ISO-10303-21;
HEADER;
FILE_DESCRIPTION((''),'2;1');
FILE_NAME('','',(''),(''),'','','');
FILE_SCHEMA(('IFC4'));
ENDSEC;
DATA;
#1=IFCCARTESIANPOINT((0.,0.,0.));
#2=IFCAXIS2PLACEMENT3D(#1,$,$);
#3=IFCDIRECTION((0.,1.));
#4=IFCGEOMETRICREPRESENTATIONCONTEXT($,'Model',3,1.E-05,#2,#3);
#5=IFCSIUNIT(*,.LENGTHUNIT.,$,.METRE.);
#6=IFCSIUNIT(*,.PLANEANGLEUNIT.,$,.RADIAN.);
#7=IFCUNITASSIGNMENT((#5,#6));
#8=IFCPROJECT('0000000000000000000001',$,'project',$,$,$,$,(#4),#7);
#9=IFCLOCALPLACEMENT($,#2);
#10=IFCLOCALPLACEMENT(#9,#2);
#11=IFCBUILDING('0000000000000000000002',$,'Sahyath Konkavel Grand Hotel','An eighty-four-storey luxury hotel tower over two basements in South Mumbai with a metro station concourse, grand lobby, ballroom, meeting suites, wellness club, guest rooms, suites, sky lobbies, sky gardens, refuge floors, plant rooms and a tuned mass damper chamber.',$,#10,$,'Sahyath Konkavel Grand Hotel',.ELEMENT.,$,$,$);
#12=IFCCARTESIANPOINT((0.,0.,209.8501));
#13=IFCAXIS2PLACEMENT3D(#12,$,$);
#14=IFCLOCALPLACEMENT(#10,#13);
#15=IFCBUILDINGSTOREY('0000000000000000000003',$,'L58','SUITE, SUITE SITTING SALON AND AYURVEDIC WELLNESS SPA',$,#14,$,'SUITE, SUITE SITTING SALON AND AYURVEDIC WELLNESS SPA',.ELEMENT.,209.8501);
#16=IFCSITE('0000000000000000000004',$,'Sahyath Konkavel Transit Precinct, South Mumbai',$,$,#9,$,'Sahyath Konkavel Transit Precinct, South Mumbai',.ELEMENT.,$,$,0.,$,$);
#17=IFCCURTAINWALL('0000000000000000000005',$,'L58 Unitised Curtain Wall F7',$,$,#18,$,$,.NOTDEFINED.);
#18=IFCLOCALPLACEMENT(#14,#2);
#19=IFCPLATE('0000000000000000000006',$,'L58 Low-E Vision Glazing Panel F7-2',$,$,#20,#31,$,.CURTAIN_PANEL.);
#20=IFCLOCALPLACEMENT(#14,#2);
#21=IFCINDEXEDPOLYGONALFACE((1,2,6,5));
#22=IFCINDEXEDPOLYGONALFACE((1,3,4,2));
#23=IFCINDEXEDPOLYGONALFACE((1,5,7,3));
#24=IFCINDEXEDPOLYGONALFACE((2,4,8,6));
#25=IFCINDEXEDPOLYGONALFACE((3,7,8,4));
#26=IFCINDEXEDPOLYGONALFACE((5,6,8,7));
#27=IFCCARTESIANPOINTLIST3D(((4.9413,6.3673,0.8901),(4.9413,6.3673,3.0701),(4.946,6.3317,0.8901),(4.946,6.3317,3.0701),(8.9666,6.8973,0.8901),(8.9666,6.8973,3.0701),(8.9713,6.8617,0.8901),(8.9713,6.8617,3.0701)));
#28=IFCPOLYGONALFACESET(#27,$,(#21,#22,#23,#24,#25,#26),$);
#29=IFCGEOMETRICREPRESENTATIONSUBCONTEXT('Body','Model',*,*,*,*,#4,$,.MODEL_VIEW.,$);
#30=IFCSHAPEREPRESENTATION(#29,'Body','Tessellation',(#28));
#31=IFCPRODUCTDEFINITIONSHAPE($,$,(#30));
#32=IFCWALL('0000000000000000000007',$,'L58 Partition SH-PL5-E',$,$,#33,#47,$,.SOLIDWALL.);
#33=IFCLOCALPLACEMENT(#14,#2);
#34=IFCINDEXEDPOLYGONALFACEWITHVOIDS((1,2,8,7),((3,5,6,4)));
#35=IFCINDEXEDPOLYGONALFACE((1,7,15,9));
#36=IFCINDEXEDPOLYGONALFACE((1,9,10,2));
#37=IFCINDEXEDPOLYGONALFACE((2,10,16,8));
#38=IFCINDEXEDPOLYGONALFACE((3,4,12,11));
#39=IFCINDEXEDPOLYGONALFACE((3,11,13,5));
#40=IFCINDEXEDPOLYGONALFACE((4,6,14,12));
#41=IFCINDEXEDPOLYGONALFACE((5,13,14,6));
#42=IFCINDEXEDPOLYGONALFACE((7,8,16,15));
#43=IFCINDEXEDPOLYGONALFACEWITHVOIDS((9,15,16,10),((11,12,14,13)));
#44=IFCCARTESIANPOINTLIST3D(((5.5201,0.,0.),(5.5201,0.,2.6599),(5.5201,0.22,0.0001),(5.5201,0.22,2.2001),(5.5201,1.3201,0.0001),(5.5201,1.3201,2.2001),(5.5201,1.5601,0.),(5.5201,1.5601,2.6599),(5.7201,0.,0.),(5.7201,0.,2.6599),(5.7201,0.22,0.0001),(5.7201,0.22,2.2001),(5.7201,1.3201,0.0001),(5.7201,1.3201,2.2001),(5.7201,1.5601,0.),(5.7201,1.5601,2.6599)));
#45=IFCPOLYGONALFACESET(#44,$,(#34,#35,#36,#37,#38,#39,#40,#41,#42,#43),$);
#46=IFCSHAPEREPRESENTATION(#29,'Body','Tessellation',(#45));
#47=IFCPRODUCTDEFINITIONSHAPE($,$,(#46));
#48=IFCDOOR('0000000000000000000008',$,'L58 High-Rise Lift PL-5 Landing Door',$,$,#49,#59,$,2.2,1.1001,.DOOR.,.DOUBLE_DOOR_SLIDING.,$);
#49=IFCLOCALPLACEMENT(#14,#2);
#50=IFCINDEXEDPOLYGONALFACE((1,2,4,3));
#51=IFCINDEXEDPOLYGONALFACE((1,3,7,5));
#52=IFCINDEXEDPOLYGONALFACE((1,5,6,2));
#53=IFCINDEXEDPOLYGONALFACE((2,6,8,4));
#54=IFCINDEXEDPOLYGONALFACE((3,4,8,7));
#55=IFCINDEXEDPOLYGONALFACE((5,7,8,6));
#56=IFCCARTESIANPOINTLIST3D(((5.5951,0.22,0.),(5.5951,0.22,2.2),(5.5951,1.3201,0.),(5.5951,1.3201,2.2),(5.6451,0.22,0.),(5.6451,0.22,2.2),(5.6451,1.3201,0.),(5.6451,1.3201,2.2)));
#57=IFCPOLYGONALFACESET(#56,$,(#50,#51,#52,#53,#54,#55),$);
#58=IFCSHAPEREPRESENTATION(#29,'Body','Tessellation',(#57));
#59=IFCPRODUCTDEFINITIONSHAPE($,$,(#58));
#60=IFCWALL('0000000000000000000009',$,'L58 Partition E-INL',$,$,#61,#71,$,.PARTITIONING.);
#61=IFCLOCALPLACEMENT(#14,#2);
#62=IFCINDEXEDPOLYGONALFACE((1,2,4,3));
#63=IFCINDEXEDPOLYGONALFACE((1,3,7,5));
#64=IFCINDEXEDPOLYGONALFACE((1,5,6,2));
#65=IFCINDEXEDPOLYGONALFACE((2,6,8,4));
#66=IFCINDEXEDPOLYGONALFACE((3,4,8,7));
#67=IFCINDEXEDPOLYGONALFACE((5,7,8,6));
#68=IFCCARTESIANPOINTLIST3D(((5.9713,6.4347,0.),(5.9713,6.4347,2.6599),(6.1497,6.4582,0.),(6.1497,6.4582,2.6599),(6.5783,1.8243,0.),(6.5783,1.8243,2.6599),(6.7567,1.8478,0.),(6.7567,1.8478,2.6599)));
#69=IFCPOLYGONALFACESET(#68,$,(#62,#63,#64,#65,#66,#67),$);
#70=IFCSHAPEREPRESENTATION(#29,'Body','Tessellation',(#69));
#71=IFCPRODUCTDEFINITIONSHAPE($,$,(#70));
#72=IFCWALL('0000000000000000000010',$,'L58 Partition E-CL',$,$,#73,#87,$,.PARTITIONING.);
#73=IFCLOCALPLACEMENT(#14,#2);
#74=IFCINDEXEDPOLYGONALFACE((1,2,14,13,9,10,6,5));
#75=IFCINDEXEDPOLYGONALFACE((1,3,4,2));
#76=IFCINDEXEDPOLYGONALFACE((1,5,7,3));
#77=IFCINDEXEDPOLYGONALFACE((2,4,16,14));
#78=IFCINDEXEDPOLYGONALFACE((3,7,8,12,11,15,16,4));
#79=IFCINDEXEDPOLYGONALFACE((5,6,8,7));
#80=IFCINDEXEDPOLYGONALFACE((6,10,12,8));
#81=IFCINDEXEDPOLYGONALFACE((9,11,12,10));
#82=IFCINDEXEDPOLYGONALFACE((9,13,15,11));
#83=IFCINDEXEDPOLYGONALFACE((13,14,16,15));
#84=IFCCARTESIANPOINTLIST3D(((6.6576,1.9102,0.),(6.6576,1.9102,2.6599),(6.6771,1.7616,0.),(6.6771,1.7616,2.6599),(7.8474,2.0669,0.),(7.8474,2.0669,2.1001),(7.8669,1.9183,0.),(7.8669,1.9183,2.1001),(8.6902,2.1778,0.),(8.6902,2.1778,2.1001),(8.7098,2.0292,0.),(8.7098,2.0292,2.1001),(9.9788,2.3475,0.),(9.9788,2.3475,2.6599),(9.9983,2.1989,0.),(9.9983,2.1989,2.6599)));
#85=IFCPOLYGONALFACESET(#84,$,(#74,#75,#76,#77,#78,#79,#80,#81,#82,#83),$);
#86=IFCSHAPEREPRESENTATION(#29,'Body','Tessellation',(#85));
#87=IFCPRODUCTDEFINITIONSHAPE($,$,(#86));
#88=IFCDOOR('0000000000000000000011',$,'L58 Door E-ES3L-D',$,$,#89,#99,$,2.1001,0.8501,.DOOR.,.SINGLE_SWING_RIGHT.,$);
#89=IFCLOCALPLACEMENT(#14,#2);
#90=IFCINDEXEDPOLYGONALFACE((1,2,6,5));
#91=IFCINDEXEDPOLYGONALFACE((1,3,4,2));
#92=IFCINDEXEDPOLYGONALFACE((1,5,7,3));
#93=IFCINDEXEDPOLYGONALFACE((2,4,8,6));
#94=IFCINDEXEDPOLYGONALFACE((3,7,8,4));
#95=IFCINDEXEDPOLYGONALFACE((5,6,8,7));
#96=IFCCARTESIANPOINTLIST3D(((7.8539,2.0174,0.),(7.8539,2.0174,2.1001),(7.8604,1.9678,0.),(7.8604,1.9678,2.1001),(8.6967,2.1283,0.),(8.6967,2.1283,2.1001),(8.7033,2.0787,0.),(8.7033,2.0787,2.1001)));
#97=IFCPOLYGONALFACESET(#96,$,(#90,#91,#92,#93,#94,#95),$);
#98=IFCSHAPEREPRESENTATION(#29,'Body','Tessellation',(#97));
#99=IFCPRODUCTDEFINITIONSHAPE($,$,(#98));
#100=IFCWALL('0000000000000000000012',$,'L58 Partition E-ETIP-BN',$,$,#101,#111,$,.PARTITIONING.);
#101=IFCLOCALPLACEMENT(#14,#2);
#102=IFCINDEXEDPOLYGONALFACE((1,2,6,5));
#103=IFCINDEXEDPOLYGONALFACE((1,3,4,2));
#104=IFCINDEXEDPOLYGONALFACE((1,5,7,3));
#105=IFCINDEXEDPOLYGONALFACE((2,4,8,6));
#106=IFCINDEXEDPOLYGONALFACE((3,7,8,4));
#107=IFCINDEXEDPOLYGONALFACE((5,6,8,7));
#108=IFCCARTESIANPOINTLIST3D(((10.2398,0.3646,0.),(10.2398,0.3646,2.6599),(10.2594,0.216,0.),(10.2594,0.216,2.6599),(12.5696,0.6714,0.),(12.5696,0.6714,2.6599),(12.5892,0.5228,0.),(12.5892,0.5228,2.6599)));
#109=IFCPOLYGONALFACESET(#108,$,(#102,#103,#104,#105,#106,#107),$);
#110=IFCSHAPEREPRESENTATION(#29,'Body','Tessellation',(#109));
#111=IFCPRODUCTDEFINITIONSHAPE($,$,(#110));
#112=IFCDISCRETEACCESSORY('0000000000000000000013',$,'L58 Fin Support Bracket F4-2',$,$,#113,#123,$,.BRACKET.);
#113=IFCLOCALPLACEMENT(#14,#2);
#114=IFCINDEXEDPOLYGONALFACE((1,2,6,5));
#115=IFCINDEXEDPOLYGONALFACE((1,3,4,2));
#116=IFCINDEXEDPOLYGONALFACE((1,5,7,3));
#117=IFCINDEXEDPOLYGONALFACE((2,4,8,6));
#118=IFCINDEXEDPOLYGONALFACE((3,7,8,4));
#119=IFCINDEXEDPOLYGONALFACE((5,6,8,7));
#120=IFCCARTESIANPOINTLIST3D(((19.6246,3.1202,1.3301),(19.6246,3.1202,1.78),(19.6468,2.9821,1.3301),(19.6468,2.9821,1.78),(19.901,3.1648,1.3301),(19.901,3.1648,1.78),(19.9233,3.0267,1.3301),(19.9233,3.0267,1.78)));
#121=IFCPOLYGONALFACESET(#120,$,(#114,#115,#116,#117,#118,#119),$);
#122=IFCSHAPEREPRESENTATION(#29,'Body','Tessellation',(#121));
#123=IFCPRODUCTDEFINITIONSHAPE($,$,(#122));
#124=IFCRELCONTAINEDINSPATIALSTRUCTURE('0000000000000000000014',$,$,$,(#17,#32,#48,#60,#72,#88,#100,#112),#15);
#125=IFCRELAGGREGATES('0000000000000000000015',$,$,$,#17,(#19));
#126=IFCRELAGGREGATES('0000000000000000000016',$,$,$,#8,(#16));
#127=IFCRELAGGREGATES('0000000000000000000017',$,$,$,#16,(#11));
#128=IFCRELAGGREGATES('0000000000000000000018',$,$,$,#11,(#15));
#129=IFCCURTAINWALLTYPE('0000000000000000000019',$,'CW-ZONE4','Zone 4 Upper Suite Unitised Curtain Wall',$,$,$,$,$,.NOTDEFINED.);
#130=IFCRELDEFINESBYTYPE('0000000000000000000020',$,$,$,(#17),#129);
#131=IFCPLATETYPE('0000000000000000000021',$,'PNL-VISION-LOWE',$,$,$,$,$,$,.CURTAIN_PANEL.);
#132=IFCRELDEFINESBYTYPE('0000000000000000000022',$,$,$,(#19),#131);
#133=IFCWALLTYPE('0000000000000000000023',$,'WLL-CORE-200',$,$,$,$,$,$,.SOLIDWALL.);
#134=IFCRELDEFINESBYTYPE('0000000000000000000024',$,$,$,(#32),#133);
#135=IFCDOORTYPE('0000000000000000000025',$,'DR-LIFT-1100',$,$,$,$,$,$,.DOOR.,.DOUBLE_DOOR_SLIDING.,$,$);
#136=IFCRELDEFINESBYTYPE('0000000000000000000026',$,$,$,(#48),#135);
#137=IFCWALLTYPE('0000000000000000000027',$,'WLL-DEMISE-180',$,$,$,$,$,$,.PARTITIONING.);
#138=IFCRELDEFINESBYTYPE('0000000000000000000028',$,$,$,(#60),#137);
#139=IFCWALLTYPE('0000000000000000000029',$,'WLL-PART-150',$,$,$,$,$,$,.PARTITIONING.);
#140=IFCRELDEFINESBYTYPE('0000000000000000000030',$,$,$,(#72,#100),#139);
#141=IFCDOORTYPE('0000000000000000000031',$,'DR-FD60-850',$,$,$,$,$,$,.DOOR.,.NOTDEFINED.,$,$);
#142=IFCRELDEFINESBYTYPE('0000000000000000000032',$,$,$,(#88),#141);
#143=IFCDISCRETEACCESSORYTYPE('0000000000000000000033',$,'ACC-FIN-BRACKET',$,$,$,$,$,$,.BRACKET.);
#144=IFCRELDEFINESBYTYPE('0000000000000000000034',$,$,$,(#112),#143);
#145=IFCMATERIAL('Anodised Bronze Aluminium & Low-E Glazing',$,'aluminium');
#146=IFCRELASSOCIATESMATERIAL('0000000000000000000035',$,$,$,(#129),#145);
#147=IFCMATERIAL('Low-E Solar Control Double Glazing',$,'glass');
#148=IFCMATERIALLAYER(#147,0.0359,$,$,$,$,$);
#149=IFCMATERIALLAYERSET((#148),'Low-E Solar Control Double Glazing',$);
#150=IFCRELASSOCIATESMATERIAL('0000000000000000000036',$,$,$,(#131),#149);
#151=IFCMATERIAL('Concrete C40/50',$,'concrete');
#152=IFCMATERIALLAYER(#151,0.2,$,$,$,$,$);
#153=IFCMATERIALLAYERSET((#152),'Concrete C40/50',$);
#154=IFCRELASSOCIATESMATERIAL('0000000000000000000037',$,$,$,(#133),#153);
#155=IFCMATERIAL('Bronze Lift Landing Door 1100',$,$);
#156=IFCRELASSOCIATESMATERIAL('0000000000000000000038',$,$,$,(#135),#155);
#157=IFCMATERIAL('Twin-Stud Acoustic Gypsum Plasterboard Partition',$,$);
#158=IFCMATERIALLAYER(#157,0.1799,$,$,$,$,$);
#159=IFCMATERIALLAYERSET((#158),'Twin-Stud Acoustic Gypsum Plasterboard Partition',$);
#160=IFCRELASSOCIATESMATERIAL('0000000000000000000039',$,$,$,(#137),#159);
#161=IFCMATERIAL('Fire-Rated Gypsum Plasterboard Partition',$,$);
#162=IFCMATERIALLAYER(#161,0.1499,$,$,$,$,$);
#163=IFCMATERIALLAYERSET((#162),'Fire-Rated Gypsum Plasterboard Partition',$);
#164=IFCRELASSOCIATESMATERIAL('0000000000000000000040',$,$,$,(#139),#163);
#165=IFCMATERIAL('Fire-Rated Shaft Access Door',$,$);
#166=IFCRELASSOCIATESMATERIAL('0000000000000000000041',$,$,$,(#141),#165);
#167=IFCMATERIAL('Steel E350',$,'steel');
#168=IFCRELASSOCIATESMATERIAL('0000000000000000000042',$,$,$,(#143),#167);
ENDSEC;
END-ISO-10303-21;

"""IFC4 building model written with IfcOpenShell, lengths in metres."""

from ifc_helpers import new_model, si_unit, direction, frame, frame_2d, origin, origin_2d, place, context, subcontext, project, spatial, rectangle, extrude, source, transform, mapped, material, layer, layer_set, type_object, element, fill, aggregate, save


model = new_model("IFC4")

# Units and contexts
model_context = context("Model", 3, precision=1e-05, world=origin(), true_north=direction((0.0, 1.0)))
body_context = subcontext(model_context, "Body", "Model", "MODEL_VIEW")
ifc_project = project(units=[si_unit("LENGTHUNIT", "METRE"), si_unit("PLANEANGLEUNIT", "RADIAN")], contexts=[model_context])

# Site, building, storey
site_placement = place(None, origin())
site = spatial("IfcSite", under=ifc_project, at=site_placement, Name="Sahyath Konkavel Transit Precinct, South Mumbai", LongName="Sahyath Konkavel Transit Precinct, South Mumbai", CompositionType="ELEMENT", RefElevation=0.0)
building_placement = place(site_placement, origin())
building = spatial("IfcBuilding", under=site, at=building_placement, Name="Sahyath Konkavel Grand Hotel", Description="An eighty-four-storey luxury hotel tower over two basements in South Mumbai with a metro station concourse, grand lobby, ballroom, meeting suites, wellness club, guest rooms, suites, sky lobbies, sky gardens, refuge floors, plant rooms and a tuned mass damper chamber.", LongName="Sahyath Konkavel Grand Hotel", CompositionType="ELEMENT")
storey_placement = place(building_placement, frame((0.0, 0.0, 209.8501)))
storey = spatial("IfcBuildingStorey", under=building, at=storey_placement, Name="L58", Description="SUITE, SUITE SITTING SALON AND AYURVEDIC WELLNESS SPA", LongName="SUITE, SUITE SITTING SALON AND AYURVEDIC WELLNESS SPA", CompositionType="ELEMENT", Elevation=209.8501)

# Shared definitions
ifc_material_1 = material(Name="Concrete C40/50", Category="concrete")

# Shared definitions
ifc_material_2 = material(Name="Steel E350", Category="steel")

# Shared definitions
ifc_material_3 = material(Name="Anodised Bronze Aluminium & Low-E Glazing", Category="aluminium")
curtain_wall_type = type_object("IfcCurtainWallType", Name="CW-ZONE4", Description="Zone 4 Upper Suite Unitised Curtain Wall", PredefinedType="NOTDEFINED", material=ifc_material_3)

# Curtain wall
curtain_wall_1_placement = place(storey_placement, origin())
curtain_wall_1 = element("IfcCurtainWall", 1, at=curtain_wall_1_placement, inside=storey, type_object=curtain_wall_type, Name="L58 Unitised Curtain Wall F7", PredefinedType="NOTDEFINED")

# Plate
ifc_material_4 = material(Name="Low-E Solar Control Double Glazing", Category="glass")
ifc_layer_1 = layer(ifc_material_4, 0.0359)
ifc_layer_set_1 = layer_set([ifc_layer_1], Name="Low-E Solar Control Double Glazing")
plate_type_1 = type_object("IfcPlateType", Name="PNL-VISION-LOWE", PredefinedType="CURTAIN_PANEL", material=ifc_layer_set_1)
shared_shape_1 = source(origin(), body_context, "Body", "SweptSolid", [
    extrude(rectangle(XDim=4.0601, YDim=0.0359, at=origin_2d()), origin(), (0.0, 0.0, 1.0), 2.1799),
])
plate_1_placement = place(storey_placement, frame((6.9563, 6.6145, 0.8901), z_axis=(0.0, 0.0, 1.0), x_axis=(-0.991445, -0.130526, 0.0)))
plate_1 = element("IfcPlate", 2, at=plate_1_placement, type_object=plate_type_1, Name="L58 Low-E Vision Glazing Panel F7-2", PredefinedType="CURTAIN_PANEL", context=body_context, shape_type="MappedRepresentation", body=[
    mapped(shared_shape_1, transform((0.0, 0.0, 0.0), scale=1.0)),
])
aggregate(curtain_wall_1, [plate_1])

# Wall, opening, door
ifc_layer_2 = layer(ifc_material_1, 0.2)
ifc_layer_set_2 = layer_set([ifc_layer_2], Name="Concrete C40/50")
wall_type_1 = type_object("IfcWallType", Name="WLL-CORE-200", PredefinedType="SOLIDWALL", material=ifc_layer_set_2)
wall_1_placement = place(storey_placement, frame((5.6201, 0.0, 0.0), z_axis=(0.0, 0.0, 1.0), x_axis=(0.0, 1.0, 0.0)))
wall_1 = element("IfcWall", 3, at=wall_1_placement, inside=storey, type_object=wall_type_1, Name="L58 Partition SH-PL5-E", PredefinedType="SOLIDWALL", context=body_context, shape_type="SweptSolid", body=[
    extrude(rectangle(XDim=1.5601, YDim=0.2, at=frame_2d((0.78, 0.0))), origin(), (0.0, 0.0, 1.0), 2.6599),
])
opening_1_placement = place(wall_1_placement, frame((0.22, 0.0, 0.0)))
opening_1 = element("IfcOpeningElement", 4, at=opening_1_placement, cuts=wall_1, PredefinedType="OPENING", context=body_context, shape_type="SweptSolid", body=[
    extrude(rectangle(XDim=1.1001, YDim=2.2, at=frame_2d((0.55, 1.1001))), frame((0.0, 0.1099, 0.0), z_axis=(0.0, -1.0, 0.0), x_axis=(1.0, 0.0, 0.0)), (0.0, 0.0, 1.0), 0.22),
])
ifc_material_5 = material(Name="Bronze Lift Landing Door 1100")
door_type_1 = type_object("IfcDoorType", Name="DR-LIFT-1100", OperationType="DOUBLE_DOOR_SLIDING", PredefinedType="DOOR", material=ifc_material_5)
shared_shape_2 = source(origin(), body_context, "Body", "SweptSolid", [
    extrude(rectangle(XDim=1.1001, YDim=0.05, at=origin_2d()), origin(), (0.0, 0.0, 1.0), 2.2),
])
door_1_placement = place(opening_1_placement, frame((0.55, 0.0, 0.0)))
door_1 = element("IfcDoor", 5, at=door_1_placement, inside=storey, type_object=door_type_1, Name="L58 High-Rise Lift PL-5 Landing Door", OperationType="DOUBLE_DOOR_SLIDING", OverallHeight=2.2, OverallWidth=1.1001, PredefinedType="DOOR", context=body_context, shape_type="MappedRepresentation", body=[
    mapped(shared_shape_2, transform((0.0, 0.0, 0.0), scale=1.0)),
])
fill(opening_1, door_1)

# Wall
ifc_material_6 = material(Name="Twin-Stud Acoustic Gypsum Plasterboard Partition")
ifc_layer_3 = layer(ifc_material_6, 0.1799)
ifc_layer_set_3 = layer_set([ifc_layer_3], Name="Twin-Stud Acoustic Gypsum Plasterboard Partition")
wall_type_2 = type_object("IfcWallType", Name="WLL-DEMISE-180", PredefinedType="PARTITIONING", material=ifc_layer_set_3)
wall_2_placement = place(storey_placement, frame((6.6675, 1.8359, 0.0), z_axis=(0.0, 0.0, 1.0), x_axis=(-0.13052, 0.991446, 0.0)))
element("IfcWall", 6, at=wall_2_placement, inside=storey, type_object=wall_type_2, Name="L58 Partition E-INL", PredefinedType="PARTITIONING", context=body_context, shape_type="SweptSolid", body=[
    extrude(rectangle(XDim=4.6501, YDim=0.1799, at=frame_2d((2.3252, 0.0))), origin(), (0.0, 0.0, 1.0), 2.6599),
])

# Wall, opening, door
ifc_material_7 = material(Name="Fire-Rated Gypsum Plasterboard Partition")
ifc_layer_4 = layer(ifc_material_7, 0.1499)
ifc_layer_set_4 = layer_set([ifc_layer_4], Name="Fire-Rated Gypsum Plasterboard Partition")
wall_type_3 = type_object("IfcWallType", Name="WLL-PART-150", PredefinedType="PARTITIONING", material=ifc_layer_set_4)
wall_3_placement = place(storey_placement, frame((6.6675, 1.8359, 0.0), z_axis=(0.0, 0.0, 1.0), x_axis=(0.991445, 0.130526, 0.0)))
wall_3 = element("IfcWall", 7, at=wall_3_placement, inside=storey, type_object=wall_type_3, Name="L58 Partition E-CL", PredefinedType="PARTITIONING", context=body_context, shape_type="SweptSolid", body=[
    extrude(rectangle(XDim=3.3499, YDim=0.1499, at=frame_2d((1.6748, 0.0))), origin(), (0.0, 0.0, 1.0), 2.6599),
])
opening_2_placement = place(wall_3_placement, frame((1.2, 0.0, 0.0)))
opening_2 = element("IfcOpeningElement", 8, at=opening_2_placement, cuts=wall_3, PredefinedType="OPENING", context=body_context, shape_type="SweptSolid", body=[
    extrude(rectangle(XDim=0.8501, YDim=2.1001, at=frame_2d((0.425, 1.05))), frame((0.0, 0.085, 0.0), z_axis=(0.0, -1.0, 0.0), x_axis=(1.0, 0.0, 0.0)), (0.0, 0.0, 1.0), 0.1699),
])
ifc_material_8 = material(Name="Fire-Rated Shaft Access Door")
door_type_2 = type_object("IfcDoorType", Name="DR-FD60-850", OperationType="NOTDEFINED", PredefinedType="DOOR", material=ifc_material_8)
shared_shape_3 = source(origin(), body_context, "Body", "SweptSolid", [
    extrude(rectangle(XDim=0.8501, YDim=0.05, at=origin_2d()), origin(), (0.0, 0.0, 1.0), 2.1001),
])
door_2_placement = place(opening_2_placement, frame((0.425, 0.0, 0.0)))
door_2 = element("IfcDoor", 9, at=door_2_placement, inside=storey, type_object=door_type_2, Name="L58 Door E-ES3L-D", OperationType="SINGLE_SWING_RIGHT", OverallHeight=2.1001, OverallWidth=0.8501, PredefinedType="DOOR", context=body_context, shape_type="MappedRepresentation", body=[
    mapped(shared_shape_3, transform((0.0, 0.0, 0.0), scale=1.0)),
])
fill(opening_2, door_2)

# Wall
wall_4_placement = place(storey_placement, frame((10.2498, 0.2903, 0.0), z_axis=(0.0, 0.0, 1.0), x_axis=(0.991436, 0.130592, 0.0)))
element("IfcWall", 10, at=wall_4_placement, inside=storey, type_object=wall_type_3, Name="L58 Partition E-ETIP-BN", PredefinedType="PARTITIONING", context=body_context, shape_type="SweptSolid", body=[
    extrude(rectangle(XDim=2.3499, YDim=0.1499, at=frame_2d((1.1748, 0.0))), origin(), (0.0, 0.0, 1.0), 2.6599),
])

# Discrete accessory
discrete_accessory_type = type_object("IfcDiscreteAccessoryType", Name="ACC-FIN-BRACKET", PredefinedType="BRACKET", material=ifc_material_2)
shared_shape_4 = source(origin(), body_context, "Body", "SweptSolid", [
    extrude(rectangle(XDim=0.28, YDim=0.1399, at=origin_2d()), origin(), (0.0, 0.0, 1.0), 0.45),
])
discrete_accessory_placement = place(storey_placement, frame((19.7739, 3.0735, 1.3301), z_axis=(0.0, 0.0, 1.0), x_axis=(0.987231, 0.159295, 0.0)))
element("IfcDiscreteAccessory", 11, at=discrete_accessory_placement, inside=storey, type_object=discrete_accessory_type, Name="L58 Fin Support Bracket F4-2", PredefinedType="BRACKET", context=body_context, shape_type="MappedRepresentation", body=[
    mapped(shared_shape_4, transform((0.0, 0.0, 0.0), scale=1.0)),
])

save(model, "model.ifc")
